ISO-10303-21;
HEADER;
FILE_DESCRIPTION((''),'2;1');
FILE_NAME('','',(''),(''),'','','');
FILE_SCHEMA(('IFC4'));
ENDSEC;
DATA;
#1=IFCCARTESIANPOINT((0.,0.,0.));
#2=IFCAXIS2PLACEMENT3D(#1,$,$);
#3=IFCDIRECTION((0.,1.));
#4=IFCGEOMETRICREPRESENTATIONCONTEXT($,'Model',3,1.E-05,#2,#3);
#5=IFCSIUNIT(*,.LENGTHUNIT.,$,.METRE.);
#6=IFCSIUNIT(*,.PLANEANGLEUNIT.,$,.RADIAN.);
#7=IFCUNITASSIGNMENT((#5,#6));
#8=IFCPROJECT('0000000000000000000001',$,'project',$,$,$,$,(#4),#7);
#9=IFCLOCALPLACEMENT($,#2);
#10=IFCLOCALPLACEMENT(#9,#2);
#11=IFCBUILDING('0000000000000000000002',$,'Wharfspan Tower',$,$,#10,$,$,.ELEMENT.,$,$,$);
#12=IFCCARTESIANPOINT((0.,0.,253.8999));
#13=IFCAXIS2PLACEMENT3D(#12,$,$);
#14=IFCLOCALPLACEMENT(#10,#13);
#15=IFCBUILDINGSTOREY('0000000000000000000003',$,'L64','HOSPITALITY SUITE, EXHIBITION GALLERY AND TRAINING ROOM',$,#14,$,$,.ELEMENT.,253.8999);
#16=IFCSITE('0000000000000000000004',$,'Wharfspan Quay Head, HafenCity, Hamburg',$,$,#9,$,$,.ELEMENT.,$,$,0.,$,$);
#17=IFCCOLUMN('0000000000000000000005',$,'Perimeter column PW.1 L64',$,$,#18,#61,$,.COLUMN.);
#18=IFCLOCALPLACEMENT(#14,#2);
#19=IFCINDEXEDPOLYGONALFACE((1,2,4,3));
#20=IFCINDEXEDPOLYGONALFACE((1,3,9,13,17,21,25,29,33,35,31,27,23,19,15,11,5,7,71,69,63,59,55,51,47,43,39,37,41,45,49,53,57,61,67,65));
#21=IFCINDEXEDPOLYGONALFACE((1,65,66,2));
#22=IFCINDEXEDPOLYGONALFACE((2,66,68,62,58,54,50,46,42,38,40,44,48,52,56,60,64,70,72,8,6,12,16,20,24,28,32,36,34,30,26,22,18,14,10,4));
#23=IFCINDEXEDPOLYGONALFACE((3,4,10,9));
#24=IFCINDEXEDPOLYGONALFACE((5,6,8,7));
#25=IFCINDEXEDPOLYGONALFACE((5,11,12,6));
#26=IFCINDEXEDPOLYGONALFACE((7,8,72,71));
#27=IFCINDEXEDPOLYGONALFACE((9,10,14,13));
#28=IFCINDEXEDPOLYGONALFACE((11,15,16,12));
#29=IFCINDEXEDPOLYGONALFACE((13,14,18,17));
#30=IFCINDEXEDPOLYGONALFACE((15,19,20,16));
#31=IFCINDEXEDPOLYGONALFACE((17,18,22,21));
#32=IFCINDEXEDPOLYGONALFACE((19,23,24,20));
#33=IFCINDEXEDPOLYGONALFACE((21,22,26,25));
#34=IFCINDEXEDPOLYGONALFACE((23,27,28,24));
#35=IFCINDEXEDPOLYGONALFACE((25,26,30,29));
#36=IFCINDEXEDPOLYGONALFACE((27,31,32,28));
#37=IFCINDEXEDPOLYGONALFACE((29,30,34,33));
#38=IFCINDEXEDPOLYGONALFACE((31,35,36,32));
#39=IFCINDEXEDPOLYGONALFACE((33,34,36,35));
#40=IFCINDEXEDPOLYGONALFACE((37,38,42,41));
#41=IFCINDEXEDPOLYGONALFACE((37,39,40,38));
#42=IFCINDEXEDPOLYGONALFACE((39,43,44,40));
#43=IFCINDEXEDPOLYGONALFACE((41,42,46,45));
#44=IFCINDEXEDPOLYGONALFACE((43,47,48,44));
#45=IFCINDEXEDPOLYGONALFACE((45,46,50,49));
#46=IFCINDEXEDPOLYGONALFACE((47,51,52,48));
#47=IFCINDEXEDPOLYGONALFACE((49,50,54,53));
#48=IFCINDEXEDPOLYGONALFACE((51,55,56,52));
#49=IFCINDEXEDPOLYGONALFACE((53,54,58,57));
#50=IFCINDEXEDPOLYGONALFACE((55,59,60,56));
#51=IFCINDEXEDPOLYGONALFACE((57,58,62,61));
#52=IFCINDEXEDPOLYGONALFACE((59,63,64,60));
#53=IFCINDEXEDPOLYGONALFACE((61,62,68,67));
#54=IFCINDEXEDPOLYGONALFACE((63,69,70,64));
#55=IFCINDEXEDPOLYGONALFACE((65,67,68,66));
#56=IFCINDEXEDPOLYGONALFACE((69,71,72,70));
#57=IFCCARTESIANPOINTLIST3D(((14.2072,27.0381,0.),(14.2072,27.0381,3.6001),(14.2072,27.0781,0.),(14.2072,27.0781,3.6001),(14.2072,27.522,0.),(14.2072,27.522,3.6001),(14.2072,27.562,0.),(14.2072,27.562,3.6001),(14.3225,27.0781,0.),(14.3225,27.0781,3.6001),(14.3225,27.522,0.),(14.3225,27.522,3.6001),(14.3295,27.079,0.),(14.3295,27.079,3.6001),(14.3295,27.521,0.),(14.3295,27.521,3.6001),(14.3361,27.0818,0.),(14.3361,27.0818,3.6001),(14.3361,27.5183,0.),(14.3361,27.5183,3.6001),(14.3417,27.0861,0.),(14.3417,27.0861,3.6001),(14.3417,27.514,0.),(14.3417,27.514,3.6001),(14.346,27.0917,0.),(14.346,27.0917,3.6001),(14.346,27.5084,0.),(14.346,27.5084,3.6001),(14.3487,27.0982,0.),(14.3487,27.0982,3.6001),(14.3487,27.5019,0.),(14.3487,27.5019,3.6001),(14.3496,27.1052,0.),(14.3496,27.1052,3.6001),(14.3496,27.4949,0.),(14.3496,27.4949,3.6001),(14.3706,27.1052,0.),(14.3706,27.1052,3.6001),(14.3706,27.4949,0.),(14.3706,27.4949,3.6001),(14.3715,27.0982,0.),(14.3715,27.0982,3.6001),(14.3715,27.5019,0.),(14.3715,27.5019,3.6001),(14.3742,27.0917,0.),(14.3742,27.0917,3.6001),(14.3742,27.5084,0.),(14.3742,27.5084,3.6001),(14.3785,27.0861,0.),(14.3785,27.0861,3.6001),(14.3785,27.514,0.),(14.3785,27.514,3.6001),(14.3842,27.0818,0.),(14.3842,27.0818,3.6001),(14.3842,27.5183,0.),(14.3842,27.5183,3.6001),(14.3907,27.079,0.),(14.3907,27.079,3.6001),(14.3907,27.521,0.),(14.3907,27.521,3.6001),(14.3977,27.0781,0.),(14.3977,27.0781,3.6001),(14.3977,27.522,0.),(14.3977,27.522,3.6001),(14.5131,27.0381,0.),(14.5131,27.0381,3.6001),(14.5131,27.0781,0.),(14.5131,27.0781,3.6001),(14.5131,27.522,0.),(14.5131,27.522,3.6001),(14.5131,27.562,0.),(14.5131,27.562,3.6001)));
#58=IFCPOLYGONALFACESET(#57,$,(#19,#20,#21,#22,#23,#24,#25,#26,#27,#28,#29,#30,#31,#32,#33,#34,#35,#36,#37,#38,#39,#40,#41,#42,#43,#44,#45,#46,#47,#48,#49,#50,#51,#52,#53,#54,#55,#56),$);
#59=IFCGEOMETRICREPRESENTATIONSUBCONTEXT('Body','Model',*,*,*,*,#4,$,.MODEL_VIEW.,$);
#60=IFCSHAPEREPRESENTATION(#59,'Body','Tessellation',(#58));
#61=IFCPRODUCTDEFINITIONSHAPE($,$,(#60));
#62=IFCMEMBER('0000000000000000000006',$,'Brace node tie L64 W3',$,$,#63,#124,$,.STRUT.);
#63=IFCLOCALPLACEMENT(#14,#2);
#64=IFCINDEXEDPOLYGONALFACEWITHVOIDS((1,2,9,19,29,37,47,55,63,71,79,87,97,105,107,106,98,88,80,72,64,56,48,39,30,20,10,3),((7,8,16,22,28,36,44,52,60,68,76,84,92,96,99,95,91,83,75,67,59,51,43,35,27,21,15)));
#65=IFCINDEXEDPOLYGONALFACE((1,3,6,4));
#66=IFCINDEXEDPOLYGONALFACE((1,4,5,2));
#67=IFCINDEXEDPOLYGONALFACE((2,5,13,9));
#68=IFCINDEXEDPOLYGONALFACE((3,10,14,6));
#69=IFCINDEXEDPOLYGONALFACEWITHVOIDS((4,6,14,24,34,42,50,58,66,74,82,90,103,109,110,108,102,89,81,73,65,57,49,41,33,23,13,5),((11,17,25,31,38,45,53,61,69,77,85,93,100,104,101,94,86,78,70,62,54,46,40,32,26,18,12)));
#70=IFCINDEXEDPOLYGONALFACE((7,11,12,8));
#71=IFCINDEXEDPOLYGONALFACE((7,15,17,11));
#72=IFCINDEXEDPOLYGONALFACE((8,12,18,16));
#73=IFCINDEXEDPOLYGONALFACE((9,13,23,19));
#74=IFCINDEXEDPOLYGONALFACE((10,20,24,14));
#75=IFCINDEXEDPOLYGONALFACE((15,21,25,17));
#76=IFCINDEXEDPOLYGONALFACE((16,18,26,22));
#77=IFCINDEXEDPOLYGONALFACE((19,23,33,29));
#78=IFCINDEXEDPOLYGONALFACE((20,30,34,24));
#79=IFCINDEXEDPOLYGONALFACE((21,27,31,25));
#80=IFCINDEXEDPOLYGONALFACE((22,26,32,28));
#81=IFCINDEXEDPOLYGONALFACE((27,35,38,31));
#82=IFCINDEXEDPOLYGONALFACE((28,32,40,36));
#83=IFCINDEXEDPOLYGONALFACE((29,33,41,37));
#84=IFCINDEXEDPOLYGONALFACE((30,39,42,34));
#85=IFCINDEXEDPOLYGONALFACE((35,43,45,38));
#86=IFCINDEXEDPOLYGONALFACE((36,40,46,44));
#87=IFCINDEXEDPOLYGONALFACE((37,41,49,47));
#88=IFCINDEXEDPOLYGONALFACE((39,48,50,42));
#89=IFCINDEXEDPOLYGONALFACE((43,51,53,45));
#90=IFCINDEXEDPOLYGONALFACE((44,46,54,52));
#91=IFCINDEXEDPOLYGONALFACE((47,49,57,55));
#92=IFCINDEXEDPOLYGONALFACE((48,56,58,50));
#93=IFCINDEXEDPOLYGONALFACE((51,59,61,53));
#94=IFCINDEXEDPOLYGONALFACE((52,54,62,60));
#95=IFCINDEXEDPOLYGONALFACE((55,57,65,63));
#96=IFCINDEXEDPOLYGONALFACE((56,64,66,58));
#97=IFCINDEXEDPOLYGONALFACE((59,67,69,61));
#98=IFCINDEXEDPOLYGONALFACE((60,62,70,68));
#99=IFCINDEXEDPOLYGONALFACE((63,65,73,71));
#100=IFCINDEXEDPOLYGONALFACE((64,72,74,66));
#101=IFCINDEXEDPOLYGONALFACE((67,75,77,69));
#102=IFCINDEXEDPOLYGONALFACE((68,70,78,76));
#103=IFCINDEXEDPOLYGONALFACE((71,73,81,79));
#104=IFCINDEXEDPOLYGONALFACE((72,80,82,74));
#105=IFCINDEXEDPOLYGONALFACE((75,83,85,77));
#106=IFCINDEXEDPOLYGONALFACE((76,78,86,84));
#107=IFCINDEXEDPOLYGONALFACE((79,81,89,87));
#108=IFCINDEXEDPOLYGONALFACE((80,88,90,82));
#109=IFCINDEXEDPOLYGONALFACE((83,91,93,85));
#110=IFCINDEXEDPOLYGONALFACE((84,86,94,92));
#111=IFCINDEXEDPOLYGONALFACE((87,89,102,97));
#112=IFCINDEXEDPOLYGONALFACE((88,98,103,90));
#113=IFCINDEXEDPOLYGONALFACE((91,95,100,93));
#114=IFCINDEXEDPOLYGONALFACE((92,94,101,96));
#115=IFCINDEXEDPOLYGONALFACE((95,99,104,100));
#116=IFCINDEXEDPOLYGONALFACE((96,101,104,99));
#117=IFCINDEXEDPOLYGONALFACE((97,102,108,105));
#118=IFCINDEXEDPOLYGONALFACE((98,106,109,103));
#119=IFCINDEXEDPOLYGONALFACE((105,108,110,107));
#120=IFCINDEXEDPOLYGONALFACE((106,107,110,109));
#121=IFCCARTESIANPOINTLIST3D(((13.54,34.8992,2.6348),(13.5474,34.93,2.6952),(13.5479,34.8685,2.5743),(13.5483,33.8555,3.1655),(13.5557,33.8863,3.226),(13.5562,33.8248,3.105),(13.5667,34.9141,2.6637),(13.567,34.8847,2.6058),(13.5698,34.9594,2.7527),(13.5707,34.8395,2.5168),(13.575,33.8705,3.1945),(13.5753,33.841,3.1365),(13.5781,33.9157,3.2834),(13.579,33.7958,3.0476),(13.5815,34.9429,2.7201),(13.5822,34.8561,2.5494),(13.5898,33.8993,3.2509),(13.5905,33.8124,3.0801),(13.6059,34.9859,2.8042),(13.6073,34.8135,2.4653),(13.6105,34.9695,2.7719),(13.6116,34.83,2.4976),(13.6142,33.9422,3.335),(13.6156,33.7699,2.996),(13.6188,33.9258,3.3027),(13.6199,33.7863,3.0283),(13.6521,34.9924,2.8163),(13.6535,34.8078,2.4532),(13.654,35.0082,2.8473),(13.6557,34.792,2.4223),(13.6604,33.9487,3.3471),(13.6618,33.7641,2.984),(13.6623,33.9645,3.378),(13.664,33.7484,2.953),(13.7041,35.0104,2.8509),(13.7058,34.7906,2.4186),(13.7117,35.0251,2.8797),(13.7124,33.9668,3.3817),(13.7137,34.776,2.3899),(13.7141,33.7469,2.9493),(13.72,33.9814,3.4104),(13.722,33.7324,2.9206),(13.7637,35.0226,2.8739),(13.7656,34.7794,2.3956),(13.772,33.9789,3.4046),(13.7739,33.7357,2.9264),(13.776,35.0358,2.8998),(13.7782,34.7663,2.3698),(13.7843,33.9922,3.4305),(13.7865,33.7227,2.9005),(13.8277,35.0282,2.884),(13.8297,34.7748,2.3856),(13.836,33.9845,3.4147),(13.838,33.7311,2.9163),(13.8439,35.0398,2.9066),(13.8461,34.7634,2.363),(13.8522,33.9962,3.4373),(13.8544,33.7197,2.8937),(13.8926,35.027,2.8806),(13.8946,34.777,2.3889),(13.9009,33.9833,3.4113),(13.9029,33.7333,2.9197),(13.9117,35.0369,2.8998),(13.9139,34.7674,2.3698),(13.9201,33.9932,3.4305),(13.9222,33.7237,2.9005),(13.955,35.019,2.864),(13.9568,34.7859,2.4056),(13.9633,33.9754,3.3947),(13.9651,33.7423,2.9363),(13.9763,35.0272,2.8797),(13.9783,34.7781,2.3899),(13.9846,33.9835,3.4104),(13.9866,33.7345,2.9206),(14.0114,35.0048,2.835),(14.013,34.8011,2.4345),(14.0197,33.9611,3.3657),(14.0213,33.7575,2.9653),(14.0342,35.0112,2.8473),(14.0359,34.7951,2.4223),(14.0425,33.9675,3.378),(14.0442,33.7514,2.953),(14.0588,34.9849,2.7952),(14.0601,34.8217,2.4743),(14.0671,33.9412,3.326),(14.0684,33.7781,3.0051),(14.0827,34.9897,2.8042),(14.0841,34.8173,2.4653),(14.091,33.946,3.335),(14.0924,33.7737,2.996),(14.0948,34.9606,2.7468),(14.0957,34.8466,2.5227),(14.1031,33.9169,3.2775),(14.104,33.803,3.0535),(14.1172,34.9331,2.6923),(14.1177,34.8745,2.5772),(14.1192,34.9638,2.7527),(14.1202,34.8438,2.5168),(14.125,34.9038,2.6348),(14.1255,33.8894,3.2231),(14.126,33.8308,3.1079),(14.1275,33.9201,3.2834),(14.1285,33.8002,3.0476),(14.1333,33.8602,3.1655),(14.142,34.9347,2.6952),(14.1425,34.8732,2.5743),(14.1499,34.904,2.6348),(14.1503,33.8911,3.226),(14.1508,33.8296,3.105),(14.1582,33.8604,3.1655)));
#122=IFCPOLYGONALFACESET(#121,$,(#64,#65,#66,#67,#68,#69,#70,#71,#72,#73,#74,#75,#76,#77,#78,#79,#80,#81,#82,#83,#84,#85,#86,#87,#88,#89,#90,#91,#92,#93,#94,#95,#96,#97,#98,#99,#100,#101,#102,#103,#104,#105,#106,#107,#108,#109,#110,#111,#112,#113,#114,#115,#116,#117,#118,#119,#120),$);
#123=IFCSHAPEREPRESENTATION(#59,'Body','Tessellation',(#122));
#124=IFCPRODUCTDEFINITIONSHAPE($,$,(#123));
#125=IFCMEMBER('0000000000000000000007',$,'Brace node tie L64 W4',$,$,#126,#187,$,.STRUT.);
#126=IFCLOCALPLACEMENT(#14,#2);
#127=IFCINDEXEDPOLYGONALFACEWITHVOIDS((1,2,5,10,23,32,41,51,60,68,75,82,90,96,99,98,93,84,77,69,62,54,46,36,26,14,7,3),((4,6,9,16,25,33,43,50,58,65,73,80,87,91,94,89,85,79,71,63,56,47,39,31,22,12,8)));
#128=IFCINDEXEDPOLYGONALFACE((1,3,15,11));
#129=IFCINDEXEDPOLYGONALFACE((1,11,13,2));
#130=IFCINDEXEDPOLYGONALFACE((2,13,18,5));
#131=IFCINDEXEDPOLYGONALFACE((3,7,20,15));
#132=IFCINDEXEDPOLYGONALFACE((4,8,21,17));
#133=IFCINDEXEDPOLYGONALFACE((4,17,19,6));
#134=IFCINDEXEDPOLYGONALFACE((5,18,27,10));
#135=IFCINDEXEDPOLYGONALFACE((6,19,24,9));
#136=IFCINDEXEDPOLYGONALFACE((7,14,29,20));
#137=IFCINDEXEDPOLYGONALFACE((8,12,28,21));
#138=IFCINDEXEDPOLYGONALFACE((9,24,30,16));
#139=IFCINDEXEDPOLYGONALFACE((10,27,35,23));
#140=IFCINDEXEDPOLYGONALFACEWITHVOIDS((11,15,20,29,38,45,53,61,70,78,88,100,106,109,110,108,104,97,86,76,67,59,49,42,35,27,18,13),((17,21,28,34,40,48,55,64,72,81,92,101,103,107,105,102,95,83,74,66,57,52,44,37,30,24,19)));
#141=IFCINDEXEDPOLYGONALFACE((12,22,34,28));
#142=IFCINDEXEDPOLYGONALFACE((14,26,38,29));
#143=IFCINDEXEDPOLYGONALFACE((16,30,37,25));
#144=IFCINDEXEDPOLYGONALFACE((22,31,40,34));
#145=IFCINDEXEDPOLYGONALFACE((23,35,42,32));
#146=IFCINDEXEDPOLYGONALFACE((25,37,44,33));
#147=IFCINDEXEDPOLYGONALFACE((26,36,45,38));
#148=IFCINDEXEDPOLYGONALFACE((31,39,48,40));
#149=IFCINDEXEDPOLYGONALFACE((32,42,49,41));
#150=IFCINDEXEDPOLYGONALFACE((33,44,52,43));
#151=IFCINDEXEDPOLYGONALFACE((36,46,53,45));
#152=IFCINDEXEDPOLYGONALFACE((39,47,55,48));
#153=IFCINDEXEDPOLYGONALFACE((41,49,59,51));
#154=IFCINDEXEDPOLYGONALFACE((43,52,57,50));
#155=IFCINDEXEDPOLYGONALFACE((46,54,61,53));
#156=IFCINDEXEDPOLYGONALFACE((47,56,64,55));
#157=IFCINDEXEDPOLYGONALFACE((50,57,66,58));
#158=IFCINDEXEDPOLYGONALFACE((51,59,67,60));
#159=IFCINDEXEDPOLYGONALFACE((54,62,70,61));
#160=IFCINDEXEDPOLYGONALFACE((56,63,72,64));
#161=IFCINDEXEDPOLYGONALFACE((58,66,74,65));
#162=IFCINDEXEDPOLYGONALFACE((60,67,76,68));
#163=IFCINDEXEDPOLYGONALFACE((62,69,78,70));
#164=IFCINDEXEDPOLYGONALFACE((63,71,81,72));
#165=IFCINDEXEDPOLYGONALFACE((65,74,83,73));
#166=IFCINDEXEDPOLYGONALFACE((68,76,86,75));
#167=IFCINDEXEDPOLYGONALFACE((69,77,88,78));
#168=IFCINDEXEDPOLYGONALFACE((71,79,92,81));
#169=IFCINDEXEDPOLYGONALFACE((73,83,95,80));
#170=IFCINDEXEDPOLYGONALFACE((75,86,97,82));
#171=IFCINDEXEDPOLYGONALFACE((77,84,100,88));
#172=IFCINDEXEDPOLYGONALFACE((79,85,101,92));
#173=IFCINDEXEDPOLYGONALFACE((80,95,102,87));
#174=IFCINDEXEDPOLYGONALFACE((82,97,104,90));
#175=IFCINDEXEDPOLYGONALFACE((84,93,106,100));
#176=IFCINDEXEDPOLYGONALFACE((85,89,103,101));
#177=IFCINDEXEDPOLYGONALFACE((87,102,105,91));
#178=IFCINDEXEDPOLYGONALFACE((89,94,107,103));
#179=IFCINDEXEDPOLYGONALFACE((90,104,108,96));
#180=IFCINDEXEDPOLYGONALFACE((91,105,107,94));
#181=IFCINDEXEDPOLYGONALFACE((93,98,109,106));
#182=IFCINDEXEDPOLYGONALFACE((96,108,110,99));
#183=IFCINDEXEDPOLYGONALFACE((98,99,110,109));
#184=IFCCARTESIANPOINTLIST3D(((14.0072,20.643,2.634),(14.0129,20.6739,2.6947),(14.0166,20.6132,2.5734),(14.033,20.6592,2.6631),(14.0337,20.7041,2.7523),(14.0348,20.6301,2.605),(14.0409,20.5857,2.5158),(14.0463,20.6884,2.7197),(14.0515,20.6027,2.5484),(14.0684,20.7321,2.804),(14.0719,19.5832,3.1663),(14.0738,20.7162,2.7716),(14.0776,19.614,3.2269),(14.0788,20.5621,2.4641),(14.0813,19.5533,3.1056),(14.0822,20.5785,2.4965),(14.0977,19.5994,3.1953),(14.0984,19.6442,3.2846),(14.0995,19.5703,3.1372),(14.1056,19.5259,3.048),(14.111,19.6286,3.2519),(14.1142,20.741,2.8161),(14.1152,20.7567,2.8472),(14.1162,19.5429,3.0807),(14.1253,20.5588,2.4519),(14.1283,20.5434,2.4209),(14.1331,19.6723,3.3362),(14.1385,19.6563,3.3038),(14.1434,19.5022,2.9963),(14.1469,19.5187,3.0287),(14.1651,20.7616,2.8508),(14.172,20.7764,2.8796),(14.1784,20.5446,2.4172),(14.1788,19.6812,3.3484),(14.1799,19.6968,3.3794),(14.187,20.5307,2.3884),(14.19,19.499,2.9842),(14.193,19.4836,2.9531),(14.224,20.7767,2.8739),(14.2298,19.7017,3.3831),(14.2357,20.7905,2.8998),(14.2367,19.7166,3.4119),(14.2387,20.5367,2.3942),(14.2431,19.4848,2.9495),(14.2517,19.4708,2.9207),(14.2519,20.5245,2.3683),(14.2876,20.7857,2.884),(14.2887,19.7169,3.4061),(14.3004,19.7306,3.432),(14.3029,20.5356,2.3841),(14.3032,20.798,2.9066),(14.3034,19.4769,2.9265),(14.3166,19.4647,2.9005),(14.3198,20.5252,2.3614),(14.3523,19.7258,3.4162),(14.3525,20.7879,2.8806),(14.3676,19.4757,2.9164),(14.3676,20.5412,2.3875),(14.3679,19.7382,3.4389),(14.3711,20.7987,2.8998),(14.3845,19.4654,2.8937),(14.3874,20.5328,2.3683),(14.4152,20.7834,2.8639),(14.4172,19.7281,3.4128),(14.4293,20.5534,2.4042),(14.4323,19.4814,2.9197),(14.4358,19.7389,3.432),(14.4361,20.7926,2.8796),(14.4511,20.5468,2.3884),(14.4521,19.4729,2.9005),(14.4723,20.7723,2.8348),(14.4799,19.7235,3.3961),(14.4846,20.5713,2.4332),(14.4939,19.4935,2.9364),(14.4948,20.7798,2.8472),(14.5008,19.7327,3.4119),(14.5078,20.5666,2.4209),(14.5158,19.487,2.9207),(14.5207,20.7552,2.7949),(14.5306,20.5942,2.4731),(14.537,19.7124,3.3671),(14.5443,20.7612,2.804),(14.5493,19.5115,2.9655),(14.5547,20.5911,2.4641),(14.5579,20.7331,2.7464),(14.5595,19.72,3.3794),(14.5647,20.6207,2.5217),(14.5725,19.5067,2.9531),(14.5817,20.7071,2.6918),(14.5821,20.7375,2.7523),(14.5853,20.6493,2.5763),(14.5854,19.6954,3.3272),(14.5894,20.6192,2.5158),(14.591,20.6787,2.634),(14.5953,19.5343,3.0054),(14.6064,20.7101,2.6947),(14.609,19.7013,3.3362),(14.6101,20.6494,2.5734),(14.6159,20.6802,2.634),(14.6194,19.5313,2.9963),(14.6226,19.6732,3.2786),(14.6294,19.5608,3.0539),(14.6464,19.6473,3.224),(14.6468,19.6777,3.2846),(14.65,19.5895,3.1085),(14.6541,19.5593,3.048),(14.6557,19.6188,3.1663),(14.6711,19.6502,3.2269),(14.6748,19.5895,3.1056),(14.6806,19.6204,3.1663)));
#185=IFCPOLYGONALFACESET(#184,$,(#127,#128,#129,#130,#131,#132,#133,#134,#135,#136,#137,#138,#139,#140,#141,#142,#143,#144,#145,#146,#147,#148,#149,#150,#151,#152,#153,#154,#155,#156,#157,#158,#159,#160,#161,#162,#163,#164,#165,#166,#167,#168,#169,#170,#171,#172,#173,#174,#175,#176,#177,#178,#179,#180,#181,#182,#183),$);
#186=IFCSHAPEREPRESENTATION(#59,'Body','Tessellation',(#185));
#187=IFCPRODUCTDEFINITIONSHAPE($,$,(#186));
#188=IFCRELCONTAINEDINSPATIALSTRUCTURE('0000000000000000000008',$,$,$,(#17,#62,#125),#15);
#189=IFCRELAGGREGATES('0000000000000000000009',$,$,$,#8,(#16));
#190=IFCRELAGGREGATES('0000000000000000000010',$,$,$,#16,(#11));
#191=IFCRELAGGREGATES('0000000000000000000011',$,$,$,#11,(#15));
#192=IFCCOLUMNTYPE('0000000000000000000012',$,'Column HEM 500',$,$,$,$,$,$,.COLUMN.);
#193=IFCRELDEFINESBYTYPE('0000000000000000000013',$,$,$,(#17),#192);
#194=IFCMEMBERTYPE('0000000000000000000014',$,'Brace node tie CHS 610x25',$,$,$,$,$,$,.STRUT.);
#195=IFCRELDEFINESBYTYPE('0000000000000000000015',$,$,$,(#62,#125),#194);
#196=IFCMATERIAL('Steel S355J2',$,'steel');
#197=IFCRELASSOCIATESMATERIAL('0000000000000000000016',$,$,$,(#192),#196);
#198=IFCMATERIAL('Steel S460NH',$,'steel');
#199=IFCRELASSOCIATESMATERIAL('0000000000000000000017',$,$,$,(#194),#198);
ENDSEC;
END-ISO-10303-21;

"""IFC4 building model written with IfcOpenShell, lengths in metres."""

from ifc_helpers import new_model, si_unit, direction, frame, origin, origin_2d, place, context, subcontext, project, spatial, hollow_circle, i_section, extrude, material, material_profile, profile_set, type_object, element, save


model = new_model("IFC4")

# Units and contexts
model_context = context("Model", 3, precision=1e-05, world=origin(), true_north=direction((0.0, 1.0)))
body_context = subcontext(model_context, "Body", "Model", "MODEL_VIEW")
ifc_project = project(units=[si_unit("LENGTHUNIT", "METRE"), si_unit("PLANEANGLEUNIT", "RADIAN")], contexts=[model_context])

# Site, building, storey
site_placement = place(None, origin())
site = spatial("IfcSite", under=ifc_project, at=site_placement, Name="Wharfspan Quay Head, HafenCity, Hamburg", CompositionType="ELEMENT", RefElevation=0.0)
building_placement = place(site_placement, origin())
building = spatial("IfcBuilding", under=site, at=building_placement, Name="Wharfspan Tower", CompositionType="ELEMENT")
storey_placement = place(building_placement, frame((0.0, 0.0, 253.8999)))
storey = spatial("IfcBuildingStorey", under=building, at=storey_placement, Name="L64", Description="HOSPITALITY SUITE, EXHIBITION GALLERY AND TRAINING ROOM", CompositionType="ELEMENT", Elevation=253.8999)

# Column
ifc_material_1 = material(Name="Steel S355J2", Category="steel")
ifc_material_profile_1 = material_profile(ifc_material_1, i_section(OverallWidth=0.3059, OverallDepth=0.5239, WebThickness=0.021, FlangeThickness=0.04, FilletRadius=0.0271, at=origin_2d()))
ifc_profile_set_1 = profile_set([ifc_material_profile_1], Name="Steel S355J2")
column_type = type_object("IfcColumnType", Name="Column HEM 500", PredefinedType="COLUMN", material=ifc_profile_set_1)
column_placement = place(storey_placement, frame((14.3601, 27.3, 0.0), z_axis=(0.0, 0.0, 1.0), x_axis=(-1.0, 0.0, 0.0)))
element("IfcColumn", 1, at=column_placement, inside=storey, type_object=column_type, Name="Perimeter column PW.1 L64", PredefinedType="COLUMN", context=body_context, shape_type="SweptSolid", body=[
    extrude(i_section(OverallWidth=0.3059, OverallDepth=0.5239, WebThickness=0.021, FlangeThickness=0.04, FilletRadius=0.0271, at=origin_2d()), origin(), (0.0, 0.0, 1.0), 3.6001),
])

# Members
ifc_material_2 = material(Name="Steel S460NH", Category="steel")
ifc_material_profile_2 = material_profile(ifc_material_2, hollow_circle(Radius=0.3049, WallThickness=0.0249, at=origin_2d()))
ifc_profile_set_2 = profile_set([ifc_material_profile_2], Name="Steel S460NH")
member_type_1 = type_object("IfcMemberType", Name="Brace node tie CHS 610x25", PredefinedType="STRUT", material=ifc_profile_set_2)
member_1_placement = place(storey_placement, frame((13.845, 34.9016, 2.6348), z_axis=(0.007089, -0.89134, 0.45328), x_axis=(0.999971, 0.007955, 0.000004)))
element("IfcMember", 2, at=member_1_placement, inside=storey, type_object=member_type_1, Name="Brace node tie L64 W3", PredefinedType="STRUT", context=body_context, shape_type="SweptSolid", body=[
    extrude(hollow_circle(Radius=0.3049, WallThickness=0.0249, at=origin_2d()), origin(), (0.0, 0.0, 1.0), 1.1709),
])
member_2_placement = place(storey_placement, frame((14.3115, 20.6616, 2.634), z_axis=(0.054472, -0.892317, 0.448111), x_axis=(0.99814, 0.06093, -0.000004)))
element("IfcMember", 3, at=member_2_placement, inside=storey, type_object=member_type_1, Name="Brace node tie L64 W4", PredefinedType="STRUT", context=body_context, shape_type="SweptSolid", body=[
    extrude(hollow_circle(Radius=0.3049, WallThickness=0.0249, at=origin_2d()), origin(), (0.0, 0.0, 1.0), 1.1877),
])

save(model, "model.ifc")
